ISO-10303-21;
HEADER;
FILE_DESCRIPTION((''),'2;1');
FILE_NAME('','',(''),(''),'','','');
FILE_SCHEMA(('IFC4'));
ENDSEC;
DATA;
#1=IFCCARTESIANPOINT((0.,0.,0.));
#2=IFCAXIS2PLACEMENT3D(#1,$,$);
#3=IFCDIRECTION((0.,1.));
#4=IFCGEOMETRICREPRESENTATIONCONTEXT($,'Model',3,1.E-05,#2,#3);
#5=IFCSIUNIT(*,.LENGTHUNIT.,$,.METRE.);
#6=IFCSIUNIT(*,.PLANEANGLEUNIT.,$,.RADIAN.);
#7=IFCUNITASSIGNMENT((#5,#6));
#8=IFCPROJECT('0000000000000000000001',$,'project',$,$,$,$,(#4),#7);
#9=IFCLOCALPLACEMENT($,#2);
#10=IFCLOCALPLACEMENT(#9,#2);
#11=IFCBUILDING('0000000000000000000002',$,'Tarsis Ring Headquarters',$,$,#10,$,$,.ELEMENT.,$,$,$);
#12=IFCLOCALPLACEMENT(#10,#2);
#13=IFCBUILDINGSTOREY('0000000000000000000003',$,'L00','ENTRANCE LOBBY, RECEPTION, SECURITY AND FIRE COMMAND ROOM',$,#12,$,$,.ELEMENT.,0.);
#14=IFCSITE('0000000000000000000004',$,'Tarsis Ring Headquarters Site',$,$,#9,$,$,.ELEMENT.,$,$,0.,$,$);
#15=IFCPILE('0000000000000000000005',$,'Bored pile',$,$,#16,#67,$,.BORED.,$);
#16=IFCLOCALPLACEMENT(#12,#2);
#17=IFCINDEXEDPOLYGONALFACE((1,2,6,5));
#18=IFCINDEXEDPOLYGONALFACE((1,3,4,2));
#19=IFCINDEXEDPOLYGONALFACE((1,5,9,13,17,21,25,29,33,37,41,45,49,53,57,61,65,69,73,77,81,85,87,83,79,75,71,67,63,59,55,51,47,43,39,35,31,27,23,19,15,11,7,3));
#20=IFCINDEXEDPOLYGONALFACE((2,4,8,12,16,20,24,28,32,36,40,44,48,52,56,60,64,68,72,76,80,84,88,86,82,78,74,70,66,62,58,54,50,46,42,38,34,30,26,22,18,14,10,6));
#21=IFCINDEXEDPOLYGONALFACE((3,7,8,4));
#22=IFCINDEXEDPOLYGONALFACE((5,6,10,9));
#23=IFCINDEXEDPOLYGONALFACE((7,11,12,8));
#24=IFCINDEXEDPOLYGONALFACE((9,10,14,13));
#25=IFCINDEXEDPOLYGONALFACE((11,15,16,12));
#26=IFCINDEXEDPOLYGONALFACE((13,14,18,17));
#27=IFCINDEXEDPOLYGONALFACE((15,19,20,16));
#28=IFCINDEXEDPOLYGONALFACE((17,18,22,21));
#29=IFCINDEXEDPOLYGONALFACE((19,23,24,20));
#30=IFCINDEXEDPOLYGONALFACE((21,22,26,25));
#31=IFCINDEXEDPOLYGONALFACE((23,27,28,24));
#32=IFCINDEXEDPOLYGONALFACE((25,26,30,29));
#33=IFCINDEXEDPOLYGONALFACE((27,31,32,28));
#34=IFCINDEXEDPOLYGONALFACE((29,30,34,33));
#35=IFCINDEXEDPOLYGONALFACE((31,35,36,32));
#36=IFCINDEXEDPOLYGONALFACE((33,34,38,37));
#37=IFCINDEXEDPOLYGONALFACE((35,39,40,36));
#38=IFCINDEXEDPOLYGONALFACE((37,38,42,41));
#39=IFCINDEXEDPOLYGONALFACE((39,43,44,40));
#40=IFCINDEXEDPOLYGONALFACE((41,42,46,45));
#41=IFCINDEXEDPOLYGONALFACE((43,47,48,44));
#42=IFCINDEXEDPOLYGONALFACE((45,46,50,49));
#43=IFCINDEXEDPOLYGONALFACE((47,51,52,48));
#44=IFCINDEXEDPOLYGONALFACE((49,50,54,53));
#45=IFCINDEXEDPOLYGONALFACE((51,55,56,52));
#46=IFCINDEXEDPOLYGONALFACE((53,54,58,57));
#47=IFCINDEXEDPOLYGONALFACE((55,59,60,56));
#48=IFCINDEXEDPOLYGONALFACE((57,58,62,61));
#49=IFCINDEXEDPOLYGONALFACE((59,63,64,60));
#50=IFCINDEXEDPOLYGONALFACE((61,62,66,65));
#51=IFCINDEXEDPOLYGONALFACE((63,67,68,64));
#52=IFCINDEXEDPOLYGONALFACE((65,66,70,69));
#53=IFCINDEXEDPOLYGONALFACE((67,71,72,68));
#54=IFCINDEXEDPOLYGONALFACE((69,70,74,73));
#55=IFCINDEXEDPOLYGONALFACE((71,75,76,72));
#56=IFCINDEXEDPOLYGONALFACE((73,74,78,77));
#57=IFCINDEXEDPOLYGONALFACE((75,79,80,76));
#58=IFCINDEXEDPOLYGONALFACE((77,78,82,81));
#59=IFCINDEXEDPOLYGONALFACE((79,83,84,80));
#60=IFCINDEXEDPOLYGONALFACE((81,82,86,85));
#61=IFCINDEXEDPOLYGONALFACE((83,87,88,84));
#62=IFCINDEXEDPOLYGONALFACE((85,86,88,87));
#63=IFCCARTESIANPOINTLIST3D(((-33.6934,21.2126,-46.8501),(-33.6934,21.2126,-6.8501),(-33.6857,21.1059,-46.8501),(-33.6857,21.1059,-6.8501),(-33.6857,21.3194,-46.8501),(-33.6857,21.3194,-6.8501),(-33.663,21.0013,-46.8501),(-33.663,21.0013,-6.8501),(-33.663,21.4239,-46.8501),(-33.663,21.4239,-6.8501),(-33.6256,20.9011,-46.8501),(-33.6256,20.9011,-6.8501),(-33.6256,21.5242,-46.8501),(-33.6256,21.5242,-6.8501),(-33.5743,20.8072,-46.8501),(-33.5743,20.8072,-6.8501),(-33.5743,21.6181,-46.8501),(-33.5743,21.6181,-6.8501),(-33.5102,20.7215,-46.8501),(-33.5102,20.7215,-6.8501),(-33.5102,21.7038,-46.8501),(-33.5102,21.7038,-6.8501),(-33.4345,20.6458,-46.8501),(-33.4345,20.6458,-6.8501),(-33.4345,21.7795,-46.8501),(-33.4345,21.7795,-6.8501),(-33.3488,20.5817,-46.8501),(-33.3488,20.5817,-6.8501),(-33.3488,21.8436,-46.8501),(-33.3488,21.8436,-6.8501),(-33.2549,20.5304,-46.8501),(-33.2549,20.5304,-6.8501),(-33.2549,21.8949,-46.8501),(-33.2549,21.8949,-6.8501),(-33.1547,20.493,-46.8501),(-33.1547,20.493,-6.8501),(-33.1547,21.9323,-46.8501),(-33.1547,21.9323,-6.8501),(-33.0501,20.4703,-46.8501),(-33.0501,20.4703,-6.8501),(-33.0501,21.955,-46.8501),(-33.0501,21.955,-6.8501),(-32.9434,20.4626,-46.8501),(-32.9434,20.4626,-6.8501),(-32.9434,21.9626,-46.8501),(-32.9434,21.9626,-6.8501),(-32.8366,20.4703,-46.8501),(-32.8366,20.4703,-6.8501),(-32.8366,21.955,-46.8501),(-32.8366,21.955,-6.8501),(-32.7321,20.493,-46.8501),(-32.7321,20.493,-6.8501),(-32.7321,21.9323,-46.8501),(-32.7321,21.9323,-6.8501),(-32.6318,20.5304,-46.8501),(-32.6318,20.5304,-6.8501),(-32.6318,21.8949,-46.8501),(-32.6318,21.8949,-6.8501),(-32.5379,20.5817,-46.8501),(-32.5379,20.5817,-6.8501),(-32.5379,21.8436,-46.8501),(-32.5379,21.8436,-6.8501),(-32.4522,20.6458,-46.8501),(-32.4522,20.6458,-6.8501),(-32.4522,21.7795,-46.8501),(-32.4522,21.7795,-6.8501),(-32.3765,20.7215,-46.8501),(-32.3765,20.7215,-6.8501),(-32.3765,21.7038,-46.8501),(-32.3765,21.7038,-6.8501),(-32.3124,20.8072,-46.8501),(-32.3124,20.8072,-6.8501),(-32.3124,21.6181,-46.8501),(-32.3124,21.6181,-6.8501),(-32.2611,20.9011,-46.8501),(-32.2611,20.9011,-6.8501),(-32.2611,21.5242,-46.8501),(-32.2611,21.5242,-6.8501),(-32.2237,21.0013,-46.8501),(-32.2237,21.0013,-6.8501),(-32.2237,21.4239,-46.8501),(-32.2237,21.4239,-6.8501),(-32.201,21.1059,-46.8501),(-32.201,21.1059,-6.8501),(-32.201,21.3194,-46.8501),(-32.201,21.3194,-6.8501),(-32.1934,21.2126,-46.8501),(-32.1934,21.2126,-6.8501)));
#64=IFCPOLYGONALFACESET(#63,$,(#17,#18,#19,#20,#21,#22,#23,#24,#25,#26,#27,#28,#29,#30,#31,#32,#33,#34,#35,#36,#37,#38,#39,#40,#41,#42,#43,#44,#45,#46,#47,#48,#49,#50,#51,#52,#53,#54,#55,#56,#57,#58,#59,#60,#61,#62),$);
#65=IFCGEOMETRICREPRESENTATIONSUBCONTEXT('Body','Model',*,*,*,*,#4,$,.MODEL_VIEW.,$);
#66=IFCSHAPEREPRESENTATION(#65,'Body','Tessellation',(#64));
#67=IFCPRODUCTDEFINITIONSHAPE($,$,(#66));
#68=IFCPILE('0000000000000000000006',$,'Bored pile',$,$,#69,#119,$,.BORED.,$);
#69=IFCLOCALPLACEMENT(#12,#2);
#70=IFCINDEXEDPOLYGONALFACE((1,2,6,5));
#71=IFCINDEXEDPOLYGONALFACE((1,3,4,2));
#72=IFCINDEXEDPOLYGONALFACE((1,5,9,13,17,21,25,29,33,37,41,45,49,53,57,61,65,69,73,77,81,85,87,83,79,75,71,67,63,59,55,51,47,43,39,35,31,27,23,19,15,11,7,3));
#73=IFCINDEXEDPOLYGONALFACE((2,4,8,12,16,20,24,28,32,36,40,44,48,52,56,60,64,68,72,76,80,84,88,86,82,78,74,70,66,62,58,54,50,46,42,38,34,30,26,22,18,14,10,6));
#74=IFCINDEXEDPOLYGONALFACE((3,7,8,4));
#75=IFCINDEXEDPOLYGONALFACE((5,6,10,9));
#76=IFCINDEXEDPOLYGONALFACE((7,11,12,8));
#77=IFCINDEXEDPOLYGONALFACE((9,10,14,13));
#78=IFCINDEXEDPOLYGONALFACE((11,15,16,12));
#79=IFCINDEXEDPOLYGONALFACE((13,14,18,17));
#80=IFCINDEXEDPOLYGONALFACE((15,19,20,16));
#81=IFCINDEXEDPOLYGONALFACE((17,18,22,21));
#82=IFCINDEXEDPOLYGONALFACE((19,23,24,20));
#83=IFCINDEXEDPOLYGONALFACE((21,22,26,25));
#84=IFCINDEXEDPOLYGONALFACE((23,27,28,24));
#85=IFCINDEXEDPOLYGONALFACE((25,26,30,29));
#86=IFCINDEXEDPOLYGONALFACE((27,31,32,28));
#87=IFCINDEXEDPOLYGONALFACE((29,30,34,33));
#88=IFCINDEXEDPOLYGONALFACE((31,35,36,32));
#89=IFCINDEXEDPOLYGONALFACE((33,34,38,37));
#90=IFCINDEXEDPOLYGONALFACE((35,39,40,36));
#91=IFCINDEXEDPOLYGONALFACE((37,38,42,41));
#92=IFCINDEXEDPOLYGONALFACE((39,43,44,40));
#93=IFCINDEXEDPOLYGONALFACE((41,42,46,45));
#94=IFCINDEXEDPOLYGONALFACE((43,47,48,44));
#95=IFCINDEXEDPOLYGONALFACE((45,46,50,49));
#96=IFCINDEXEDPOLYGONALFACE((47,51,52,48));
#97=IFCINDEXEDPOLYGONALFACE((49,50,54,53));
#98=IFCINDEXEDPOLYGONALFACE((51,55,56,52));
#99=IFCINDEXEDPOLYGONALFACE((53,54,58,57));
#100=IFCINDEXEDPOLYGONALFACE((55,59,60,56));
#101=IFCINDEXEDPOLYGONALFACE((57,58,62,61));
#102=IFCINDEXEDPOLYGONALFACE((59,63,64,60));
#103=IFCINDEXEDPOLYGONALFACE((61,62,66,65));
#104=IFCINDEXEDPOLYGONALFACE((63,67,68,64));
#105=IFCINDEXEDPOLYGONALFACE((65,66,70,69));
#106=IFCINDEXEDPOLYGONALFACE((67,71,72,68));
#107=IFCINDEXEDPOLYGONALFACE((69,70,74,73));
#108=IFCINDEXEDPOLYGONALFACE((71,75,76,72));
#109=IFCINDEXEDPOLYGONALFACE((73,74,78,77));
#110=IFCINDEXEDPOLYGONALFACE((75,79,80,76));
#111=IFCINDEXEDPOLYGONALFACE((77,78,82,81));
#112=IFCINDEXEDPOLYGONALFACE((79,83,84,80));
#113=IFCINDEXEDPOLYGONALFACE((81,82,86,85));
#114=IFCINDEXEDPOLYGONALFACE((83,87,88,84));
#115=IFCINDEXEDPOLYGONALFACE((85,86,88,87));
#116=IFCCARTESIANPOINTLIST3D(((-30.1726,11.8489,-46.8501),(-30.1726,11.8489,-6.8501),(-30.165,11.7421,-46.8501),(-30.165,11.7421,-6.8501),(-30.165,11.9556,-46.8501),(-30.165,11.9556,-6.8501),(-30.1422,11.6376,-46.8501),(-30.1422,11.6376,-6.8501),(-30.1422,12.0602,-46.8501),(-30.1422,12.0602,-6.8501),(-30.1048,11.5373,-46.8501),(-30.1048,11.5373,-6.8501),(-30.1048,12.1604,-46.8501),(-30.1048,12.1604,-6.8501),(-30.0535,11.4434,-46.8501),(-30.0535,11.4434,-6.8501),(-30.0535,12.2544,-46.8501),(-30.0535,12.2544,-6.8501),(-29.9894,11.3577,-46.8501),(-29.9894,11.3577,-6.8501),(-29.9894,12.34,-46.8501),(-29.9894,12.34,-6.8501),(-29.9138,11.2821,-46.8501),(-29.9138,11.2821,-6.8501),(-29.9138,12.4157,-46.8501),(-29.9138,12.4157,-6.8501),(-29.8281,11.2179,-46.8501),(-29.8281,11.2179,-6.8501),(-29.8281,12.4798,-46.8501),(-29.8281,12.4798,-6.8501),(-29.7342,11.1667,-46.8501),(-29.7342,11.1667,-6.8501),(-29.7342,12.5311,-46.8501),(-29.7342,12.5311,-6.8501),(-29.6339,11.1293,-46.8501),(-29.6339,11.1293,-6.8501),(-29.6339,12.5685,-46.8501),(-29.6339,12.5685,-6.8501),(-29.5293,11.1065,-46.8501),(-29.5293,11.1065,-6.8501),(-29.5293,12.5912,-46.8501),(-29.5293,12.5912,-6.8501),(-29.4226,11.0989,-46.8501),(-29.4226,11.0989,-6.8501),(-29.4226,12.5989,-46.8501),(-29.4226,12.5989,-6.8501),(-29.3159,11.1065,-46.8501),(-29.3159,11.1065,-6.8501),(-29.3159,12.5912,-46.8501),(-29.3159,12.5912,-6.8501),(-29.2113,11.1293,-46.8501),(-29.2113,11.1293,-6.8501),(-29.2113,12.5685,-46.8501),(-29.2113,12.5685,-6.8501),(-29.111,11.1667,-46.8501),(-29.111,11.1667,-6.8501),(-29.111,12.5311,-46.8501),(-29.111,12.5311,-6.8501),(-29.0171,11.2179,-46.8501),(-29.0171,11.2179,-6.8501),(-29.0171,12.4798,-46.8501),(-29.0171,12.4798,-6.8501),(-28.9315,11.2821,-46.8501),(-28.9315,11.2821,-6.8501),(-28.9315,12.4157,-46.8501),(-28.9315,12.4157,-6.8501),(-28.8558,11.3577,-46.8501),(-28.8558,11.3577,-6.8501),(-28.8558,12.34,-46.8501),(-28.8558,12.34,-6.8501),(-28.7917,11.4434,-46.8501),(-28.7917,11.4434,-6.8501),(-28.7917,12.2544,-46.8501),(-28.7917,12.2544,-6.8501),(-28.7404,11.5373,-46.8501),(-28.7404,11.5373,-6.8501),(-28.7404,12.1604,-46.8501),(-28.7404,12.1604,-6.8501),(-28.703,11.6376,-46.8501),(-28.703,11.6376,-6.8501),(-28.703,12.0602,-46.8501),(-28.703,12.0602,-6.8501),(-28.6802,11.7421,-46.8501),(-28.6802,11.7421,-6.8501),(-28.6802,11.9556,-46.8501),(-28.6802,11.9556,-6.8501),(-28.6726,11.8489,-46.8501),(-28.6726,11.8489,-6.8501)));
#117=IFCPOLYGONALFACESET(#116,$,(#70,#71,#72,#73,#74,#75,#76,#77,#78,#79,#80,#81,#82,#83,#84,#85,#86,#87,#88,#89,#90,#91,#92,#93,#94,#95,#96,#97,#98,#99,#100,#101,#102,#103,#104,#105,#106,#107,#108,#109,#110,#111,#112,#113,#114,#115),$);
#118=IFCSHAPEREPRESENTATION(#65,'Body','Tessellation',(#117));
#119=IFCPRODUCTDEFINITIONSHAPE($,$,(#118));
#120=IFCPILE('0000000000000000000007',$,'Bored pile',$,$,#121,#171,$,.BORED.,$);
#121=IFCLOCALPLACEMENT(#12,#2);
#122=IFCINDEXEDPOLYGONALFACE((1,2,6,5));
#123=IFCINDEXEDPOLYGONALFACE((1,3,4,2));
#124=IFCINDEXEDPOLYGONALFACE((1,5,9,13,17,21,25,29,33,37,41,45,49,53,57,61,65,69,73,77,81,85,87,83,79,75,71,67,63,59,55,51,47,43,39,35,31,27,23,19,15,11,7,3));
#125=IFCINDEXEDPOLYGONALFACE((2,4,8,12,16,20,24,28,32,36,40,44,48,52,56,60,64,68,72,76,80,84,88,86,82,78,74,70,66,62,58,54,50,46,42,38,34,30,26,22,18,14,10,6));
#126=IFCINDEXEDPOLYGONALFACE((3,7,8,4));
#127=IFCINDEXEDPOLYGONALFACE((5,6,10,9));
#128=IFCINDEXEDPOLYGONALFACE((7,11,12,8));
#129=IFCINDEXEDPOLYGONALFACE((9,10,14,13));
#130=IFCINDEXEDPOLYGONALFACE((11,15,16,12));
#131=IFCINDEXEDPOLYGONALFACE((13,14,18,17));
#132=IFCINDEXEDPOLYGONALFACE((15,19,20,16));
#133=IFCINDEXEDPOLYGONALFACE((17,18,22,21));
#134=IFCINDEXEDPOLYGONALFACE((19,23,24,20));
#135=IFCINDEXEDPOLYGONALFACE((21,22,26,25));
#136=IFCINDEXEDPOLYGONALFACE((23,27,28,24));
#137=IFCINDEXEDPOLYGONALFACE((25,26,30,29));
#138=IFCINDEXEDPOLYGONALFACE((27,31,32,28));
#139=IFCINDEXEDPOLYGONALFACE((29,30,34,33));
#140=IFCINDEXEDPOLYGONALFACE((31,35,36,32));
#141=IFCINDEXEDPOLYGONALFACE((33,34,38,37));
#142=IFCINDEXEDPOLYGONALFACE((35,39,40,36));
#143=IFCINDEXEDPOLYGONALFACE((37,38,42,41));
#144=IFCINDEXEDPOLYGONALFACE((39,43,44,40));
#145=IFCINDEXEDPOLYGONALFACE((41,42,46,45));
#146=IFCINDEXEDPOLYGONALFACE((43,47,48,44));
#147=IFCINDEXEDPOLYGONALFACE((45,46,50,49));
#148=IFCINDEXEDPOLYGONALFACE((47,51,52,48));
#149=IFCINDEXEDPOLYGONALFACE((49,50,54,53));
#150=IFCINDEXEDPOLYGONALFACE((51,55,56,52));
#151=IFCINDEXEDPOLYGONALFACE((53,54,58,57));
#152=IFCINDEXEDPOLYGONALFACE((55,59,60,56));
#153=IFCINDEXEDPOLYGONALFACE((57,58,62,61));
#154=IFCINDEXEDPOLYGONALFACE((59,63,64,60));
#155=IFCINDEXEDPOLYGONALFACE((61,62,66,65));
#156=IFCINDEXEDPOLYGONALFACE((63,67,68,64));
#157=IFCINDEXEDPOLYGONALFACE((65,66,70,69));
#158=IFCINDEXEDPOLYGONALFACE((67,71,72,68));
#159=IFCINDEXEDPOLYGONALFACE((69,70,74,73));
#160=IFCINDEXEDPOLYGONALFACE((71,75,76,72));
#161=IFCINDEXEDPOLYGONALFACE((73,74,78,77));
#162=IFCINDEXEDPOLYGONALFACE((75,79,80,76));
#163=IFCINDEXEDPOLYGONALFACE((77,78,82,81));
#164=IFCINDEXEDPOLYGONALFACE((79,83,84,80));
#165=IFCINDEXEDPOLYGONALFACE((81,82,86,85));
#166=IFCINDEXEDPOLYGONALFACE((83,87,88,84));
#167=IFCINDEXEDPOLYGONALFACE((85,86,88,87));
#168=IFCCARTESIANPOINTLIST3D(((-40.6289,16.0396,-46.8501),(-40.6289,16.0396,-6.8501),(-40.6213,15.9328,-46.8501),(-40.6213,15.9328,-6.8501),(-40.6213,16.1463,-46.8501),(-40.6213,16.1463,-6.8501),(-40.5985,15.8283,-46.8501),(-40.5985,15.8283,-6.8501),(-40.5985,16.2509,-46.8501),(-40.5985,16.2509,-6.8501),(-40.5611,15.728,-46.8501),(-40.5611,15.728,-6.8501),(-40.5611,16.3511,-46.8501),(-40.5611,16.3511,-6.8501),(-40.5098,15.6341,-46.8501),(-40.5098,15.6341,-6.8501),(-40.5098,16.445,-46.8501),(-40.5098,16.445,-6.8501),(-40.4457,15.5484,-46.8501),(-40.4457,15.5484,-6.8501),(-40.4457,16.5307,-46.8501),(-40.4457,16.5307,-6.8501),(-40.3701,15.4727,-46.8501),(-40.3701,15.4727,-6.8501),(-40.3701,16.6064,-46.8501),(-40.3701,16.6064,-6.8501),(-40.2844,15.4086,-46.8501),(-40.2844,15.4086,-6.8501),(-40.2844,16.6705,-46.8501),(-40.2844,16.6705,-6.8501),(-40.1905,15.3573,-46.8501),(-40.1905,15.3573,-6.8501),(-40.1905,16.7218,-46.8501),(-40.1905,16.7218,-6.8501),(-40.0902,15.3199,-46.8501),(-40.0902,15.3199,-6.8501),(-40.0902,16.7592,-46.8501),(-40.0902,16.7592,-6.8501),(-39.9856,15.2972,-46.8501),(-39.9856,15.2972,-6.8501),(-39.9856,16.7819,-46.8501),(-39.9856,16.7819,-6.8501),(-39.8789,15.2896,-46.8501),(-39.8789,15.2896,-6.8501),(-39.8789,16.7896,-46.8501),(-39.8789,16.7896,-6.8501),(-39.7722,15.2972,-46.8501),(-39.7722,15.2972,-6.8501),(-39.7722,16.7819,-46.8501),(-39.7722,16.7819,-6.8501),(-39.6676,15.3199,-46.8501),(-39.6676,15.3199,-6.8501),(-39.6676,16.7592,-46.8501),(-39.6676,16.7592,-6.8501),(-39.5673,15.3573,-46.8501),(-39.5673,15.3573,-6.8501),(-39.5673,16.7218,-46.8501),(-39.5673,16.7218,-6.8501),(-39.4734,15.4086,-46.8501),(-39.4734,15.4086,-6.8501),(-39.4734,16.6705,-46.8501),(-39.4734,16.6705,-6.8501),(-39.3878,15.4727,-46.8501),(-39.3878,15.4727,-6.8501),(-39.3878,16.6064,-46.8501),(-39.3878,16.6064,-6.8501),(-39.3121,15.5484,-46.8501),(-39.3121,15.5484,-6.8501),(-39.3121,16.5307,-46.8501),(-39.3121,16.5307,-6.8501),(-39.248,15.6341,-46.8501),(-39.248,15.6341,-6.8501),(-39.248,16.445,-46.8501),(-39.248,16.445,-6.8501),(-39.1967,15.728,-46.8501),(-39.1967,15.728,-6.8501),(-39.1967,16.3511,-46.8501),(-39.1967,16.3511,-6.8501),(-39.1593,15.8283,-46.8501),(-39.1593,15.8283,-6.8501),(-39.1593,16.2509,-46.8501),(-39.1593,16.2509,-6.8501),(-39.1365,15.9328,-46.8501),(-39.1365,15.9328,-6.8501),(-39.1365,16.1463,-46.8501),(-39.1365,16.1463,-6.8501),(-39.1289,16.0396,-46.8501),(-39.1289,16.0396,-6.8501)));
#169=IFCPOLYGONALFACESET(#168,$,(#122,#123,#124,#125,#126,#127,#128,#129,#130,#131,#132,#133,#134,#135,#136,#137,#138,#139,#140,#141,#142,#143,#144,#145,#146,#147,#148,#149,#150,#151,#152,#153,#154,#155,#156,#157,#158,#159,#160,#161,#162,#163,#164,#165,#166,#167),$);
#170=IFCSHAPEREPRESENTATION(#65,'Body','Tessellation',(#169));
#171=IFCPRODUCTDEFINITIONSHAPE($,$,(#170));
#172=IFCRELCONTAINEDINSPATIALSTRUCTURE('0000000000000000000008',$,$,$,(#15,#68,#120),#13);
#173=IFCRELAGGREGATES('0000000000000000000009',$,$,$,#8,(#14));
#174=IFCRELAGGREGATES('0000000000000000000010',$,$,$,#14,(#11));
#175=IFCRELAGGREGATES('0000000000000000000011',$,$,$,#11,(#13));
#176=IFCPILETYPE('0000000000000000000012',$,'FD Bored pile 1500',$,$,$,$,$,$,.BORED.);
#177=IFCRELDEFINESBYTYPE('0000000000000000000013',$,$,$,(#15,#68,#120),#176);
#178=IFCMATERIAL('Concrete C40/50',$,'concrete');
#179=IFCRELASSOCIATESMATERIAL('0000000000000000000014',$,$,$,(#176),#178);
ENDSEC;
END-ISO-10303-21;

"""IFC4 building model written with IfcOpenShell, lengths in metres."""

from ifc_helpers import new_model, si_unit, direction, frame, origin, origin_2d, place, context, subcontext, project, spatial, circle, extrude, material, material_profile, profile_set, type_object, element, save


model = new_model("IFC4")

# Units and contexts
model_context = context("Model", 3, precision=1e-05, world=origin(), true_north=direction((0.0, 1.0)))
body_context = subcontext(model_context, "Body", "Model", "MODEL_VIEW")
ifc_project = project(units=[si_unit("LENGTHUNIT", "METRE"), si_unit("PLANEANGLEUNIT", "RADIAN")], contexts=[model_context])

# Site, building, storey
site_placement = place(None, origin())
site = spatial("IfcSite", under=ifc_project, at=site_placement, Name="Tarsis Ring Headquarters Site", CompositionType="ELEMENT", RefElevation=0.0)
building_placement = place(site_placement, origin())
building = spatial("IfcBuilding", under=site, at=building_placement, Name="Tarsis Ring Headquarters", CompositionType="ELEMENT")
storey_placement = place(building_placement, origin())
storey = spatial("IfcBuildingStorey", under=building, at=storey_placement, Name="L00", Description="ENTRANCE LOBBY, RECEPTION, SECURITY AND FIRE COMMAND ROOM", CompositionType="ELEMENT", Elevation=0.0)

# Piles
ifc_material_1 = material(Name="Concrete C40/50", Category="concrete")
ifc_material_profile_1 = material_profile(ifc_material_1, circle(Radius=0.75, at=origin_2d()), Name="BORED 1500")
ifc_profile_set_1 = profile_set([ifc_material_profile_1], Name="Concrete C40/50")
pile_type_1 = type_object("IfcPileType", Name="FD Bored pile 1500", PredefinedType="BORED", material=ifc_profile_set_1)
for number, where, z_axis, x_axis, name in (
    (1, (-32.9434, 21.2126, -6.8501), (0.0, 0.0, -1.0), (1.0, 0.0, 0.0), "Bored pile"),
    (2, (-29.4226, 11.8489, -6.8501), (0.0, 0.0, -1.0), (1.0, 0.0, 0.0), "Bored pile"),
    (3, (-39.8789, 16.0396, -6.8501), (0.0, 0.0, -1.0), (1.0, 0.0, 0.0), "Bored pile"),
):
    element("IfcPile", number, at=place(storey_placement, frame(where, z_axis=z_axis, x_axis=x_axis)), inside=storey, type_object=pile_type_1, Name=name, PredefinedType="BORED", context=body_context, shape_type="SweptSolid", body=[
        extrude(circle(Radius=0.75, at=origin_2d()), origin(), (0.0, 0.0, 1.0), 40.0),
    ])

save(model, "model.ifc")
